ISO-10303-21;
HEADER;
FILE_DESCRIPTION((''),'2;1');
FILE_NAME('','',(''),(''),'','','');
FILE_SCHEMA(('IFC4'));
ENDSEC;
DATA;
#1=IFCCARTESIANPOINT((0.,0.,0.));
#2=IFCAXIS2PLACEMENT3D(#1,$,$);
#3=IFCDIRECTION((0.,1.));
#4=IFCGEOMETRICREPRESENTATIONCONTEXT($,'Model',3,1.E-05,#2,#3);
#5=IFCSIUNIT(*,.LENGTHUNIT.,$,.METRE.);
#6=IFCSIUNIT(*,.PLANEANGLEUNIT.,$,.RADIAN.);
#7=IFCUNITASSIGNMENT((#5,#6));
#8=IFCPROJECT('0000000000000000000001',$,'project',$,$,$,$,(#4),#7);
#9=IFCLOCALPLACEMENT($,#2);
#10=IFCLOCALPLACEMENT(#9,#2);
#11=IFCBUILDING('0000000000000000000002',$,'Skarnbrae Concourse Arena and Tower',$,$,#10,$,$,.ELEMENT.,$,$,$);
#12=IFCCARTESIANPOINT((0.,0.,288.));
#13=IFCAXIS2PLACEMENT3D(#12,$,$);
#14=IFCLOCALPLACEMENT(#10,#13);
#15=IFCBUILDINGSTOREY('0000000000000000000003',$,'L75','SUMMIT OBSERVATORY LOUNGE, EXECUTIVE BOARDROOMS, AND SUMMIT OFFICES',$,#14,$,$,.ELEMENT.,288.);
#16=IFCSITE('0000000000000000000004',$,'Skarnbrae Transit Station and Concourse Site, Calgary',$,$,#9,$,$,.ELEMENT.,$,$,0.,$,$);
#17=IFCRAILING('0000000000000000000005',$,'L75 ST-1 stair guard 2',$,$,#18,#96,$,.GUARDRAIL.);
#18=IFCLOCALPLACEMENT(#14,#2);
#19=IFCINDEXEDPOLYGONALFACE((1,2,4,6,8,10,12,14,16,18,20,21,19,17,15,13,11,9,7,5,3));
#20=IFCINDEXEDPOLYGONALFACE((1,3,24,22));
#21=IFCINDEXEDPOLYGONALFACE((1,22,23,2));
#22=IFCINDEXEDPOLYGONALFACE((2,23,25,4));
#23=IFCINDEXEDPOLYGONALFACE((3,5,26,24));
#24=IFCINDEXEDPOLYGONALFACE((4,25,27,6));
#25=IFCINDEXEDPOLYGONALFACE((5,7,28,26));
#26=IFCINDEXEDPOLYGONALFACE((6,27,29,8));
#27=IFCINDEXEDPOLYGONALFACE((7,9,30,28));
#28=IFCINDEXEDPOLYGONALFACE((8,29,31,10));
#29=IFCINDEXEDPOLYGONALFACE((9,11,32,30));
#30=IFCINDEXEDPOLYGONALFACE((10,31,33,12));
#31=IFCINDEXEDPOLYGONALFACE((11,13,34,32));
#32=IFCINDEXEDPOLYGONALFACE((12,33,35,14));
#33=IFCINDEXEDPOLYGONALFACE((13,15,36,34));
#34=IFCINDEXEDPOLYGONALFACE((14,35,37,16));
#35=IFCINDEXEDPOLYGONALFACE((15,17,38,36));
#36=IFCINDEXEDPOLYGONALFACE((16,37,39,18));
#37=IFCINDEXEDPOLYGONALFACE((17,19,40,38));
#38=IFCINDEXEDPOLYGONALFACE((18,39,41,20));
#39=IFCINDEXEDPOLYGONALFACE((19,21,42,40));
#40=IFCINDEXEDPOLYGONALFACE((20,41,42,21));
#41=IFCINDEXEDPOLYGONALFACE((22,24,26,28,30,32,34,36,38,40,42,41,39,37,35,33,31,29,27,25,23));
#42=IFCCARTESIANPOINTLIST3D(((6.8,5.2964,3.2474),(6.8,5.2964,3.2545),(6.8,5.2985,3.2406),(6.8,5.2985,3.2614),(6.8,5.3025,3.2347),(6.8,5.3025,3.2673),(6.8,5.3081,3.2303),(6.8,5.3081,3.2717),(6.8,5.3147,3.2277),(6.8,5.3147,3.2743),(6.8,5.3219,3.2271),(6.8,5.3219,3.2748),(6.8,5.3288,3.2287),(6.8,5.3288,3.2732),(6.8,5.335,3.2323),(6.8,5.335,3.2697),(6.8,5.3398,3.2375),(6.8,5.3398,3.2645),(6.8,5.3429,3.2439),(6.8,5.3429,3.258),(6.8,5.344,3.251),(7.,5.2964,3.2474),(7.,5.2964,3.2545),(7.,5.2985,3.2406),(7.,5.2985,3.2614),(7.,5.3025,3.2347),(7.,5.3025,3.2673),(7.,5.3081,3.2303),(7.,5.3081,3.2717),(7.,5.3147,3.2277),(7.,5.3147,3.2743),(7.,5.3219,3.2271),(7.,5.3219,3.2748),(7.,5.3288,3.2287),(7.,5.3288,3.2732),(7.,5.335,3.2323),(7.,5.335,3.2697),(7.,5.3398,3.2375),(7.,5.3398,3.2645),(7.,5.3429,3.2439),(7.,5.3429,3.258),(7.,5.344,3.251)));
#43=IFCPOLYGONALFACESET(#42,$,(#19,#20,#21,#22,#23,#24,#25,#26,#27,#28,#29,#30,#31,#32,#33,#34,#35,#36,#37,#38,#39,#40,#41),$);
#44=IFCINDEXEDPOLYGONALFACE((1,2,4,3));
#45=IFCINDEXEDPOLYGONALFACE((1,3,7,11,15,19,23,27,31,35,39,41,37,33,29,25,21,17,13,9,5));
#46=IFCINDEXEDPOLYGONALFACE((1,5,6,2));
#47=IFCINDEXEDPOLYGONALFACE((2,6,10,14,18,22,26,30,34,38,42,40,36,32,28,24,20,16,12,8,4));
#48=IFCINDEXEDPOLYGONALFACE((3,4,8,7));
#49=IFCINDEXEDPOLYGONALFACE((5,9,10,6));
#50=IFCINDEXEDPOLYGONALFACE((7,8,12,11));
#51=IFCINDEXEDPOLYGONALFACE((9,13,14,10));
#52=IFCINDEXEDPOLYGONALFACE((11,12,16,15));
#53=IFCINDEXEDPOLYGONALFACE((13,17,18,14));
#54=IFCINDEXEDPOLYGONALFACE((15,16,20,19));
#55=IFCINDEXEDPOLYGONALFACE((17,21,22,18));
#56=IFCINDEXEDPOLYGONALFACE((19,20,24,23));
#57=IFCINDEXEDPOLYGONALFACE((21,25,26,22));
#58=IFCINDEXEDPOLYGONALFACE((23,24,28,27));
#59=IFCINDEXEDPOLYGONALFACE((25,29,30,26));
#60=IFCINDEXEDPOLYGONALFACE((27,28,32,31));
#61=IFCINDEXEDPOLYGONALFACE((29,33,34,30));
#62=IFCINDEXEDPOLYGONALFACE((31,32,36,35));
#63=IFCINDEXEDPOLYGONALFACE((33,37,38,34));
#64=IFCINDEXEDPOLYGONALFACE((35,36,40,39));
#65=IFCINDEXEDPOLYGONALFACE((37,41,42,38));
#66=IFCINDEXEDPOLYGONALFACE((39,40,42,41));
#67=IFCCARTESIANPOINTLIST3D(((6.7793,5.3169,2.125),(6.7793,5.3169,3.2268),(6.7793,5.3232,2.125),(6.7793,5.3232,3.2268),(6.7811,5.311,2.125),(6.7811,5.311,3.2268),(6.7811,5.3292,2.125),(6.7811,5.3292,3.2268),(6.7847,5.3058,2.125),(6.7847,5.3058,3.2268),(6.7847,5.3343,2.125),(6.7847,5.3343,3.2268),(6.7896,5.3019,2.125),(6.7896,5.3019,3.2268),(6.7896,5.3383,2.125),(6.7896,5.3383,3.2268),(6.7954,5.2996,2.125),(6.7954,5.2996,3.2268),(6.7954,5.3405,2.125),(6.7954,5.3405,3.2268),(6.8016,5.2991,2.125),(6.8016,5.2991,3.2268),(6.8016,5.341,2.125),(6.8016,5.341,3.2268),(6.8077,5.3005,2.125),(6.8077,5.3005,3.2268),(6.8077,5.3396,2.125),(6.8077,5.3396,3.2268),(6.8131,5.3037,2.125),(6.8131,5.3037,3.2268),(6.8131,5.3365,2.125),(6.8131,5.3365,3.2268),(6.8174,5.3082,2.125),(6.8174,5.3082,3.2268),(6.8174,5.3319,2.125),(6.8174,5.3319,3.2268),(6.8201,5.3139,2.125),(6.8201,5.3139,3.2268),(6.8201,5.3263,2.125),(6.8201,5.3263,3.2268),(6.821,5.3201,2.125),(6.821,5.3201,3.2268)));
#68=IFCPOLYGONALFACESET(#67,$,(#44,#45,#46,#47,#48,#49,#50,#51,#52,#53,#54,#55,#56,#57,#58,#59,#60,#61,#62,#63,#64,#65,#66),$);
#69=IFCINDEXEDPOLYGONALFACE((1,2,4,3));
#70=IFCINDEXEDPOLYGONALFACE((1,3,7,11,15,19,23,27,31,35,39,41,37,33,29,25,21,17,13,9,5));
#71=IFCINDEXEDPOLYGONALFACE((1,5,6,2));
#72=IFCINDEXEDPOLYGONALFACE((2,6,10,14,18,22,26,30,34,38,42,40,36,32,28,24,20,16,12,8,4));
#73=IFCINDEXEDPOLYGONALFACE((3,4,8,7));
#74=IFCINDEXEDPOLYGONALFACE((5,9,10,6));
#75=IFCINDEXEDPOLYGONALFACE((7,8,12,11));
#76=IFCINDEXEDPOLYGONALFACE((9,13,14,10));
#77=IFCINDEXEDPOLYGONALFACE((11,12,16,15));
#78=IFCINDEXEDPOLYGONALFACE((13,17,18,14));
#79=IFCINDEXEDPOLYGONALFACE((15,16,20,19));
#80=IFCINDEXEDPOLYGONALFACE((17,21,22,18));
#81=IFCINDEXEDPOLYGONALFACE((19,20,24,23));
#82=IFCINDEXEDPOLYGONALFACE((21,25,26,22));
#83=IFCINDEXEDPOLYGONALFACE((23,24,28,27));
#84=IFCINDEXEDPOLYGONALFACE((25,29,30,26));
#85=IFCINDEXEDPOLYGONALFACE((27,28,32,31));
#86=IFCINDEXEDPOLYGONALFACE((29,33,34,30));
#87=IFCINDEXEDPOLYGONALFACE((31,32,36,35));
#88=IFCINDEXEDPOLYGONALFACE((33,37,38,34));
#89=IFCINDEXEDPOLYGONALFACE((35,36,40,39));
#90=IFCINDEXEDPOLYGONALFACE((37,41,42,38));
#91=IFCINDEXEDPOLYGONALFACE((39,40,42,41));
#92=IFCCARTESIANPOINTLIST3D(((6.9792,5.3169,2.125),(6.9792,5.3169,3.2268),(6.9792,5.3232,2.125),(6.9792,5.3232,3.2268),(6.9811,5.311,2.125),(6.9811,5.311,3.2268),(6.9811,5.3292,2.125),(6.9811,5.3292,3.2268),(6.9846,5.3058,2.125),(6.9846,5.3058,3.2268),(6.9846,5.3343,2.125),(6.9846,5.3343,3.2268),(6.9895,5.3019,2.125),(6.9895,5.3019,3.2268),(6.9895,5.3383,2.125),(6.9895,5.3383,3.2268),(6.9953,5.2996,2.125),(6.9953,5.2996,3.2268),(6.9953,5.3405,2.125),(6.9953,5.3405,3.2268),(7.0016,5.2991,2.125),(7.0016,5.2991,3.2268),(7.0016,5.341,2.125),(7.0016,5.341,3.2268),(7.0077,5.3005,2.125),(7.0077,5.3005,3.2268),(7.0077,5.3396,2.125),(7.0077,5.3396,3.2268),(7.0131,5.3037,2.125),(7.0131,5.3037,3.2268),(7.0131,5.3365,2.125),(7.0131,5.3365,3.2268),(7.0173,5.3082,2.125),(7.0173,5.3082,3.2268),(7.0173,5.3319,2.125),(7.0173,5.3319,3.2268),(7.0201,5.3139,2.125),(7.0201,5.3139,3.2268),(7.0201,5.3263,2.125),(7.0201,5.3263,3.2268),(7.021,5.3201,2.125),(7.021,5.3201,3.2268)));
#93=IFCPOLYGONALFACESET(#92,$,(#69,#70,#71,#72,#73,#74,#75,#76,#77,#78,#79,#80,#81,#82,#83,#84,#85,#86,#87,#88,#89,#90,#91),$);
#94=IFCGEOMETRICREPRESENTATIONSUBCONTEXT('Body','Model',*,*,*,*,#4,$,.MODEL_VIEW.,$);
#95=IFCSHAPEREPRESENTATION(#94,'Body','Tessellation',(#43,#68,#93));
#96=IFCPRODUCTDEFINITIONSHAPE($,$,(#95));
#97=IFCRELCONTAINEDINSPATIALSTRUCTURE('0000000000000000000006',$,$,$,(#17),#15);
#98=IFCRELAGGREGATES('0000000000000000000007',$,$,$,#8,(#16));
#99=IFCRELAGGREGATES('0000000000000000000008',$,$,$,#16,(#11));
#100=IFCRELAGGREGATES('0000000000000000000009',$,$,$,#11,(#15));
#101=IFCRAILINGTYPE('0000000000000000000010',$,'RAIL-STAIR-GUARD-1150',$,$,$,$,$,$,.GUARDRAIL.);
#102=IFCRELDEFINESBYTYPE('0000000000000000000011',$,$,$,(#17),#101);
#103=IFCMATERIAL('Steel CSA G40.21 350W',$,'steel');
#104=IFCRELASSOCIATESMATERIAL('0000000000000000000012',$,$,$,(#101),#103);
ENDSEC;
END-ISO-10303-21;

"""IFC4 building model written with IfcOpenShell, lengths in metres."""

from ifc_helpers import new_model, si_unit, direction, frame, origin, origin_2d, place, context, subcontext, project, spatial, circle, extrude, material, type_object, element, save


model = new_model("IFC4")

# Units and contexts
model_context = context("Model", 3, precision=1e-05, world=origin(), true_north=direction((0.0, 1.0)))
body_context = subcontext(model_context, "Body", "Model", "MODEL_VIEW")
ifc_project = project(units=[si_unit("LENGTHUNIT", "METRE"), si_unit("PLANEANGLEUNIT", "RADIAN")], contexts=[model_context])

# Site, building, storey
site_placement = place(None, origin())
site = spatial("IfcSite", under=ifc_project, at=site_placement, Name="Skarnbrae Transit Station and Concourse Site, Calgary", CompositionType="ELEMENT", RefElevation=0.0)
building_placement = place(site_placement, origin())
building = spatial("IfcBuilding", under=site, at=building_placement, Name="Skarnbrae Concourse Arena and Tower", CompositionType="ELEMENT")
storey_placement = place(building_placement, frame((0.0, 0.0, 288.0)))
storey = spatial("IfcBuildingStorey", under=building, at=storey_placement, Name="L75", Description="SUMMIT OBSERVATORY LOUNGE, EXECUTIVE BOARDROOMS, AND SUMMIT OFFICES", CompositionType="ELEMENT", Elevation=288.0)

# Shared definitions
ifc_material_1 = material(Name="Steel CSA G40.21 350W", Category="steel")

# Railing
railing_type_1 = type_object("IfcRailingType", Name="RAIL-STAIR-GUARD-1150", PredefinedType="GUARDRAIL", material=ifc_material_1)
railing_1_placement = place(storey_placement, frame((6.8, 5.3201, 2.125)))
element("IfcRailing", 1, at=railing_1_placement, inside=storey, type_object=railing_type_1, Name="L75 ST-1 stair guard 2", PredefinedType="GUARDRAIL", context=body_context, shape_type="SweptSolid", body=[
    extrude(circle(Radius=0.0239, at=origin_2d()), frame((0.0, 0.0, 1.126), z_axis=(1.0, 0.0, 0.0), x_axis=(0.0, 1.0, 0.0)), (0.0, 0.0, 1.0), 0.2),
    extrude(circle(Radius=0.021, at=origin_2d()), origin(), (0.0, 0.0, 1.0), 1.1018),
    extrude(circle(Radius=0.021, at=origin_2d()), frame((0.2, 0.0, 0.0)), (0.0, 0.0, 1.0), 1.1018),
])

save(model, "model.ifc")
